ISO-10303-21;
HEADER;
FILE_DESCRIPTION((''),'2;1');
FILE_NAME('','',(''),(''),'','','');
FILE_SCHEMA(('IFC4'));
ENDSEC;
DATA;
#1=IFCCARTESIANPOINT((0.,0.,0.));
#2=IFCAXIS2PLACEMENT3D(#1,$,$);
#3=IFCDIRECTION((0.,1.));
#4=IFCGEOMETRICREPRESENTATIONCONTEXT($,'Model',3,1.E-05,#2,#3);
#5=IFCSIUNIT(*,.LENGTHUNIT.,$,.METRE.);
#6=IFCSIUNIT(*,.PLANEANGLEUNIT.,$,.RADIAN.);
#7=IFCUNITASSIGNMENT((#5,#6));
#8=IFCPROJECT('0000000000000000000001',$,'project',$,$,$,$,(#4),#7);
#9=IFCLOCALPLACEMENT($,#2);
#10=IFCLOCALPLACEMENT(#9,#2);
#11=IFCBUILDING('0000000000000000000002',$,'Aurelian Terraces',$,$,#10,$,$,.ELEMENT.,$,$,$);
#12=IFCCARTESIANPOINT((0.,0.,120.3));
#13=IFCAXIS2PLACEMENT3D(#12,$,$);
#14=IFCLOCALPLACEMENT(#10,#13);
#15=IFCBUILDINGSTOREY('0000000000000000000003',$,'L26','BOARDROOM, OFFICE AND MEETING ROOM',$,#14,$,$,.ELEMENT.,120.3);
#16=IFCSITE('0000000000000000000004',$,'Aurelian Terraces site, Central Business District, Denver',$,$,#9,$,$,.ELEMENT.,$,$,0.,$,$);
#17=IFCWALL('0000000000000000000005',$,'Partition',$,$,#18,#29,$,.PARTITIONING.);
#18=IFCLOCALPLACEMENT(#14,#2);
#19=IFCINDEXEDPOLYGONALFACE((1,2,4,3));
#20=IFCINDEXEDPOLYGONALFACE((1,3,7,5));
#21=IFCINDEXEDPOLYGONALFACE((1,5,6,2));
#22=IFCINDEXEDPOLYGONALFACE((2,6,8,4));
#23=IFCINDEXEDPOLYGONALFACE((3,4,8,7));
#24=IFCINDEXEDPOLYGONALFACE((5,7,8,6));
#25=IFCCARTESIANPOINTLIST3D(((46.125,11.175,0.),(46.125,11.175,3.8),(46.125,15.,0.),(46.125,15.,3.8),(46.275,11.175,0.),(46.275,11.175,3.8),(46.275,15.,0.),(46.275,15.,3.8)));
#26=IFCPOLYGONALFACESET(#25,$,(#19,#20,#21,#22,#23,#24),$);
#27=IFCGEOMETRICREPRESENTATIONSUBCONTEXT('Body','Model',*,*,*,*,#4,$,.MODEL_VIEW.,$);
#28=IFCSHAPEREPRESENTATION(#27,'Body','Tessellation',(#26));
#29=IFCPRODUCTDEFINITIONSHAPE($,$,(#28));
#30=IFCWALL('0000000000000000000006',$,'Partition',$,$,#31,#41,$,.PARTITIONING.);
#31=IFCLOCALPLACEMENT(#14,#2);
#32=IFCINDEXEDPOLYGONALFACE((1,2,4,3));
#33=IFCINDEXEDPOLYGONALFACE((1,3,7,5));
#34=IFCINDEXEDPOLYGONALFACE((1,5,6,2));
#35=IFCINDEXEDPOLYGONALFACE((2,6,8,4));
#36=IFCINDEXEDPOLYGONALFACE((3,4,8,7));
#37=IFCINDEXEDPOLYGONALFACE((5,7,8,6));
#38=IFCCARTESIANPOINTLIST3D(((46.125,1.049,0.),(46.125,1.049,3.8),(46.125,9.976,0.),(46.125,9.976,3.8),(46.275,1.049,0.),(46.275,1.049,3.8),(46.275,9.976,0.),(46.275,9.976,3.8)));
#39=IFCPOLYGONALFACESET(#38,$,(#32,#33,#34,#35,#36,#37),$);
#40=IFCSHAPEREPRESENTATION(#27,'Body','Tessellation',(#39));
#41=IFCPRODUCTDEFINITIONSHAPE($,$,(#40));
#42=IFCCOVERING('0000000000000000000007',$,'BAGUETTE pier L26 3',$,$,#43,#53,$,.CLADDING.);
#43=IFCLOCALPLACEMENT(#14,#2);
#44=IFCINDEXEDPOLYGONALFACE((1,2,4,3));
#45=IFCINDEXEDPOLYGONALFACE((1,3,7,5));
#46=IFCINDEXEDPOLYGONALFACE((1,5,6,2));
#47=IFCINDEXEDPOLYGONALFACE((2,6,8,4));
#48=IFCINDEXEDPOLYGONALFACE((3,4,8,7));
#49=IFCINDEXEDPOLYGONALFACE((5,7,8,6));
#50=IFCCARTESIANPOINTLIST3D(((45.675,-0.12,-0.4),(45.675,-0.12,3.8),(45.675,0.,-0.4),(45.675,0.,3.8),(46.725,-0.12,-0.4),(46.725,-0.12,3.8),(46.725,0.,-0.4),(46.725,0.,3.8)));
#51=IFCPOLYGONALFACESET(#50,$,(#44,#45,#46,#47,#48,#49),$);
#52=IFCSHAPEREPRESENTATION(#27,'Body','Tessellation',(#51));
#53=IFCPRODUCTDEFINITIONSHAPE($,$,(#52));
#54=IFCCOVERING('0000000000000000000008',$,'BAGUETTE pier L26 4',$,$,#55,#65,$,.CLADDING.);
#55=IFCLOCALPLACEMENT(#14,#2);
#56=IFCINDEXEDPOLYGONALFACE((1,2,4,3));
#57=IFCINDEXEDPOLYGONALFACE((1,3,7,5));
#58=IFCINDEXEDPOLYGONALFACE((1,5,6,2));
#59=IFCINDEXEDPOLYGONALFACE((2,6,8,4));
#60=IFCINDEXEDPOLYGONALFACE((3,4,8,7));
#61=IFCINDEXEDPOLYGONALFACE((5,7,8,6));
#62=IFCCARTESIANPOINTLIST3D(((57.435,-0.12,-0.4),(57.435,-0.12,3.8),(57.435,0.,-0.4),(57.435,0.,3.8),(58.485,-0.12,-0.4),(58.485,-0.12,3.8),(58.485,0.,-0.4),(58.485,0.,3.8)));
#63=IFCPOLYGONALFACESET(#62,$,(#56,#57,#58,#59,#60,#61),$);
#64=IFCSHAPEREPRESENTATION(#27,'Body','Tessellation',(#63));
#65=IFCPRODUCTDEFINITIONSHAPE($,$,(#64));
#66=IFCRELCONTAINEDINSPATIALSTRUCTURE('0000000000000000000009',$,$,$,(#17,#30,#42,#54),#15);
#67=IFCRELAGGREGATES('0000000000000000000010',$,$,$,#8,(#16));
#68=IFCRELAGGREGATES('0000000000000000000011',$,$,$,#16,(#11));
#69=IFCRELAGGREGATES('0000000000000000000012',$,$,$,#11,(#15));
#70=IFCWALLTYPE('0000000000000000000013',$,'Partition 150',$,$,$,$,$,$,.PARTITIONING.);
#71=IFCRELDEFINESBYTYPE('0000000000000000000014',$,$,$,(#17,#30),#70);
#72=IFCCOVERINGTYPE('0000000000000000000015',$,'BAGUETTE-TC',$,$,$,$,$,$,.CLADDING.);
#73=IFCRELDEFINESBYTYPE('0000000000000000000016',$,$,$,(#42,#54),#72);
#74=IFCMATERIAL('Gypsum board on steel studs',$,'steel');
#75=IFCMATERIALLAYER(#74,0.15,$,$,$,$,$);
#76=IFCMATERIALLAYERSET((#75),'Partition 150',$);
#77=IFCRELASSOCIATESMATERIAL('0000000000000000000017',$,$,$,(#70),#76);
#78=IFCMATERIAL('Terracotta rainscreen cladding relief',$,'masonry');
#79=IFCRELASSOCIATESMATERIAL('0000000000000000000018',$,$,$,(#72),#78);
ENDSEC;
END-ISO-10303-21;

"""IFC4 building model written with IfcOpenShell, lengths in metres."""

from ifc_helpers import new_model, si_unit, direction, frame, frame_2d, origin, origin_2d, place, context, subcontext, project, spatial, rectangle, extrude, source, transform, mapped, material, layer, layer_set, type_object, element, save


model = new_model("IFC4")

# Units and contexts
model_context = context("Model", 3, precision=1e-05, world=origin(), true_north=direction((0.0, 1.0)))
body_context = subcontext(model_context, "Body", "Model", "MODEL_VIEW")
ifc_project = project(units=[si_unit("LENGTHUNIT", "METRE"), si_unit("PLANEANGLEUNIT", "RADIAN")], contexts=[model_context])

# Site, building, storey
site_placement = place(None, origin())
site = spatial("IfcSite", under=ifc_project, at=site_placement, Name="Aurelian Terraces site, Central Business District, Denver", CompositionType="ELEMENT", RefElevation=0.0)
building_placement = place(site_placement, origin())
building = spatial("IfcBuilding", under=site, at=building_placement, Name="Aurelian Terraces", CompositionType="ELEMENT")
storey_placement = place(building_placement, frame((0.0, 0.0, 120.3)))
storey = spatial("IfcBuildingStorey", under=building, at=storey_placement, Name="L26", Description="BOARDROOM, OFFICE AND MEETING ROOM", CompositionType="ELEMENT", Elevation=120.3)

# Shared definitions
ifc_material_1 = material(Name="Gypsum board on steel studs", Category="steel")
ifc_layer_1 = layer(ifc_material_1, 0.15)
ifc_layer_set_1 = layer_set([ifc_layer_1], Name="Partition 150")
wall_type_1 = type_object("IfcWallType", Name="Partition 150", PredefinedType="PARTITIONING", material=ifc_layer_set_1)

# Walls
shared_shape_1 = source(origin(), body_context, "Body", "SweptSolid", [
    extrude(rectangle(XDim=3.825, YDim=0.15, at=frame_2d((1.9125, 0.0))), origin(), (0.0, 0.0, 1.0), 3.8),
])
for number, where, z_axis, x_axis, name in (
    (1, (46.2, 11.175, 0.0), (0.0, 0.0, 1.0), (0.0, 1.0, 0.0), "Partition"),
):
    element("IfcWall", number, at=place(storey_placement, frame(where, z_axis=z_axis, x_axis=x_axis)), inside=storey, type_object=wall_type_1, Name=name, PredefinedType="PARTITIONING", context=body_context, shape_type="MappedRepresentation", body=[
        mapped(shared_shape_1, transform((0.0, 0.0, 0.0), scale=1.0)),
    ])
shared_shape_2 = source(origin(), body_context, "Body", "SweptSolid", [
    extrude(rectangle(XDim=8.927, YDim=0.15, at=frame_2d((4.4635, 0.0))), origin(), (0.0, 0.0, 1.0), 3.8),
])
wall_1_placement = place(storey_placement, frame((46.2, 1.049, 0.0), z_axis=(0.0, 0.0, 1.0), x_axis=(0.0, 1.0, 0.0)))
element("IfcWall", 2, at=wall_1_placement, inside=storey, type_object=wall_type_1, Name="Partition", PredefinedType="PARTITIONING", context=body_context, shape_type="MappedRepresentation", body=[
    mapped(shared_shape_2, transform((0.0, 0.0, 0.0), scale=1.0)),
])

# Coverings
ifc_material_2 = material(Name="Terracotta rainscreen cladding relief", Category="masonry")
covering_type = type_object("IfcCoveringType", Name="BAGUETTE-TC", PredefinedType="CLADDING", material=ifc_material_2)
shared_shape_3 = source(origin(), body_context, "Body", "SweptSolid", [
    extrude(rectangle(XDim=1.05, YDim=0.12, at=origin_2d()), origin(), (0.0, 0.0, 1.0), 4.2),
])
for number, where, z_axis, x_axis, name in (
    (3, (46.2, -0.06, -0.4), (0.0, 0.0, 1.0), (1.0, 0.0, 0.0), "BAGUETTE pier L26 3"),
    (4, (57.96, -0.06, -0.4), (0.0, 0.0, 1.0), (1.0, 0.0, 0.0), "BAGUETTE pier L26 4"),
):
    element("IfcCovering", number, at=place(storey_placement, frame(where, z_axis=z_axis, x_axis=x_axis)), inside=storey, type_object=covering_type, Name=name, PredefinedType="CLADDING", context=body_context, shape_type="MappedRepresentation", body=[
        mapped(shared_shape_3, transform((0.0, 0.0, 0.0), scale=1.0)),
    ])

save(model, "model.ifc")
